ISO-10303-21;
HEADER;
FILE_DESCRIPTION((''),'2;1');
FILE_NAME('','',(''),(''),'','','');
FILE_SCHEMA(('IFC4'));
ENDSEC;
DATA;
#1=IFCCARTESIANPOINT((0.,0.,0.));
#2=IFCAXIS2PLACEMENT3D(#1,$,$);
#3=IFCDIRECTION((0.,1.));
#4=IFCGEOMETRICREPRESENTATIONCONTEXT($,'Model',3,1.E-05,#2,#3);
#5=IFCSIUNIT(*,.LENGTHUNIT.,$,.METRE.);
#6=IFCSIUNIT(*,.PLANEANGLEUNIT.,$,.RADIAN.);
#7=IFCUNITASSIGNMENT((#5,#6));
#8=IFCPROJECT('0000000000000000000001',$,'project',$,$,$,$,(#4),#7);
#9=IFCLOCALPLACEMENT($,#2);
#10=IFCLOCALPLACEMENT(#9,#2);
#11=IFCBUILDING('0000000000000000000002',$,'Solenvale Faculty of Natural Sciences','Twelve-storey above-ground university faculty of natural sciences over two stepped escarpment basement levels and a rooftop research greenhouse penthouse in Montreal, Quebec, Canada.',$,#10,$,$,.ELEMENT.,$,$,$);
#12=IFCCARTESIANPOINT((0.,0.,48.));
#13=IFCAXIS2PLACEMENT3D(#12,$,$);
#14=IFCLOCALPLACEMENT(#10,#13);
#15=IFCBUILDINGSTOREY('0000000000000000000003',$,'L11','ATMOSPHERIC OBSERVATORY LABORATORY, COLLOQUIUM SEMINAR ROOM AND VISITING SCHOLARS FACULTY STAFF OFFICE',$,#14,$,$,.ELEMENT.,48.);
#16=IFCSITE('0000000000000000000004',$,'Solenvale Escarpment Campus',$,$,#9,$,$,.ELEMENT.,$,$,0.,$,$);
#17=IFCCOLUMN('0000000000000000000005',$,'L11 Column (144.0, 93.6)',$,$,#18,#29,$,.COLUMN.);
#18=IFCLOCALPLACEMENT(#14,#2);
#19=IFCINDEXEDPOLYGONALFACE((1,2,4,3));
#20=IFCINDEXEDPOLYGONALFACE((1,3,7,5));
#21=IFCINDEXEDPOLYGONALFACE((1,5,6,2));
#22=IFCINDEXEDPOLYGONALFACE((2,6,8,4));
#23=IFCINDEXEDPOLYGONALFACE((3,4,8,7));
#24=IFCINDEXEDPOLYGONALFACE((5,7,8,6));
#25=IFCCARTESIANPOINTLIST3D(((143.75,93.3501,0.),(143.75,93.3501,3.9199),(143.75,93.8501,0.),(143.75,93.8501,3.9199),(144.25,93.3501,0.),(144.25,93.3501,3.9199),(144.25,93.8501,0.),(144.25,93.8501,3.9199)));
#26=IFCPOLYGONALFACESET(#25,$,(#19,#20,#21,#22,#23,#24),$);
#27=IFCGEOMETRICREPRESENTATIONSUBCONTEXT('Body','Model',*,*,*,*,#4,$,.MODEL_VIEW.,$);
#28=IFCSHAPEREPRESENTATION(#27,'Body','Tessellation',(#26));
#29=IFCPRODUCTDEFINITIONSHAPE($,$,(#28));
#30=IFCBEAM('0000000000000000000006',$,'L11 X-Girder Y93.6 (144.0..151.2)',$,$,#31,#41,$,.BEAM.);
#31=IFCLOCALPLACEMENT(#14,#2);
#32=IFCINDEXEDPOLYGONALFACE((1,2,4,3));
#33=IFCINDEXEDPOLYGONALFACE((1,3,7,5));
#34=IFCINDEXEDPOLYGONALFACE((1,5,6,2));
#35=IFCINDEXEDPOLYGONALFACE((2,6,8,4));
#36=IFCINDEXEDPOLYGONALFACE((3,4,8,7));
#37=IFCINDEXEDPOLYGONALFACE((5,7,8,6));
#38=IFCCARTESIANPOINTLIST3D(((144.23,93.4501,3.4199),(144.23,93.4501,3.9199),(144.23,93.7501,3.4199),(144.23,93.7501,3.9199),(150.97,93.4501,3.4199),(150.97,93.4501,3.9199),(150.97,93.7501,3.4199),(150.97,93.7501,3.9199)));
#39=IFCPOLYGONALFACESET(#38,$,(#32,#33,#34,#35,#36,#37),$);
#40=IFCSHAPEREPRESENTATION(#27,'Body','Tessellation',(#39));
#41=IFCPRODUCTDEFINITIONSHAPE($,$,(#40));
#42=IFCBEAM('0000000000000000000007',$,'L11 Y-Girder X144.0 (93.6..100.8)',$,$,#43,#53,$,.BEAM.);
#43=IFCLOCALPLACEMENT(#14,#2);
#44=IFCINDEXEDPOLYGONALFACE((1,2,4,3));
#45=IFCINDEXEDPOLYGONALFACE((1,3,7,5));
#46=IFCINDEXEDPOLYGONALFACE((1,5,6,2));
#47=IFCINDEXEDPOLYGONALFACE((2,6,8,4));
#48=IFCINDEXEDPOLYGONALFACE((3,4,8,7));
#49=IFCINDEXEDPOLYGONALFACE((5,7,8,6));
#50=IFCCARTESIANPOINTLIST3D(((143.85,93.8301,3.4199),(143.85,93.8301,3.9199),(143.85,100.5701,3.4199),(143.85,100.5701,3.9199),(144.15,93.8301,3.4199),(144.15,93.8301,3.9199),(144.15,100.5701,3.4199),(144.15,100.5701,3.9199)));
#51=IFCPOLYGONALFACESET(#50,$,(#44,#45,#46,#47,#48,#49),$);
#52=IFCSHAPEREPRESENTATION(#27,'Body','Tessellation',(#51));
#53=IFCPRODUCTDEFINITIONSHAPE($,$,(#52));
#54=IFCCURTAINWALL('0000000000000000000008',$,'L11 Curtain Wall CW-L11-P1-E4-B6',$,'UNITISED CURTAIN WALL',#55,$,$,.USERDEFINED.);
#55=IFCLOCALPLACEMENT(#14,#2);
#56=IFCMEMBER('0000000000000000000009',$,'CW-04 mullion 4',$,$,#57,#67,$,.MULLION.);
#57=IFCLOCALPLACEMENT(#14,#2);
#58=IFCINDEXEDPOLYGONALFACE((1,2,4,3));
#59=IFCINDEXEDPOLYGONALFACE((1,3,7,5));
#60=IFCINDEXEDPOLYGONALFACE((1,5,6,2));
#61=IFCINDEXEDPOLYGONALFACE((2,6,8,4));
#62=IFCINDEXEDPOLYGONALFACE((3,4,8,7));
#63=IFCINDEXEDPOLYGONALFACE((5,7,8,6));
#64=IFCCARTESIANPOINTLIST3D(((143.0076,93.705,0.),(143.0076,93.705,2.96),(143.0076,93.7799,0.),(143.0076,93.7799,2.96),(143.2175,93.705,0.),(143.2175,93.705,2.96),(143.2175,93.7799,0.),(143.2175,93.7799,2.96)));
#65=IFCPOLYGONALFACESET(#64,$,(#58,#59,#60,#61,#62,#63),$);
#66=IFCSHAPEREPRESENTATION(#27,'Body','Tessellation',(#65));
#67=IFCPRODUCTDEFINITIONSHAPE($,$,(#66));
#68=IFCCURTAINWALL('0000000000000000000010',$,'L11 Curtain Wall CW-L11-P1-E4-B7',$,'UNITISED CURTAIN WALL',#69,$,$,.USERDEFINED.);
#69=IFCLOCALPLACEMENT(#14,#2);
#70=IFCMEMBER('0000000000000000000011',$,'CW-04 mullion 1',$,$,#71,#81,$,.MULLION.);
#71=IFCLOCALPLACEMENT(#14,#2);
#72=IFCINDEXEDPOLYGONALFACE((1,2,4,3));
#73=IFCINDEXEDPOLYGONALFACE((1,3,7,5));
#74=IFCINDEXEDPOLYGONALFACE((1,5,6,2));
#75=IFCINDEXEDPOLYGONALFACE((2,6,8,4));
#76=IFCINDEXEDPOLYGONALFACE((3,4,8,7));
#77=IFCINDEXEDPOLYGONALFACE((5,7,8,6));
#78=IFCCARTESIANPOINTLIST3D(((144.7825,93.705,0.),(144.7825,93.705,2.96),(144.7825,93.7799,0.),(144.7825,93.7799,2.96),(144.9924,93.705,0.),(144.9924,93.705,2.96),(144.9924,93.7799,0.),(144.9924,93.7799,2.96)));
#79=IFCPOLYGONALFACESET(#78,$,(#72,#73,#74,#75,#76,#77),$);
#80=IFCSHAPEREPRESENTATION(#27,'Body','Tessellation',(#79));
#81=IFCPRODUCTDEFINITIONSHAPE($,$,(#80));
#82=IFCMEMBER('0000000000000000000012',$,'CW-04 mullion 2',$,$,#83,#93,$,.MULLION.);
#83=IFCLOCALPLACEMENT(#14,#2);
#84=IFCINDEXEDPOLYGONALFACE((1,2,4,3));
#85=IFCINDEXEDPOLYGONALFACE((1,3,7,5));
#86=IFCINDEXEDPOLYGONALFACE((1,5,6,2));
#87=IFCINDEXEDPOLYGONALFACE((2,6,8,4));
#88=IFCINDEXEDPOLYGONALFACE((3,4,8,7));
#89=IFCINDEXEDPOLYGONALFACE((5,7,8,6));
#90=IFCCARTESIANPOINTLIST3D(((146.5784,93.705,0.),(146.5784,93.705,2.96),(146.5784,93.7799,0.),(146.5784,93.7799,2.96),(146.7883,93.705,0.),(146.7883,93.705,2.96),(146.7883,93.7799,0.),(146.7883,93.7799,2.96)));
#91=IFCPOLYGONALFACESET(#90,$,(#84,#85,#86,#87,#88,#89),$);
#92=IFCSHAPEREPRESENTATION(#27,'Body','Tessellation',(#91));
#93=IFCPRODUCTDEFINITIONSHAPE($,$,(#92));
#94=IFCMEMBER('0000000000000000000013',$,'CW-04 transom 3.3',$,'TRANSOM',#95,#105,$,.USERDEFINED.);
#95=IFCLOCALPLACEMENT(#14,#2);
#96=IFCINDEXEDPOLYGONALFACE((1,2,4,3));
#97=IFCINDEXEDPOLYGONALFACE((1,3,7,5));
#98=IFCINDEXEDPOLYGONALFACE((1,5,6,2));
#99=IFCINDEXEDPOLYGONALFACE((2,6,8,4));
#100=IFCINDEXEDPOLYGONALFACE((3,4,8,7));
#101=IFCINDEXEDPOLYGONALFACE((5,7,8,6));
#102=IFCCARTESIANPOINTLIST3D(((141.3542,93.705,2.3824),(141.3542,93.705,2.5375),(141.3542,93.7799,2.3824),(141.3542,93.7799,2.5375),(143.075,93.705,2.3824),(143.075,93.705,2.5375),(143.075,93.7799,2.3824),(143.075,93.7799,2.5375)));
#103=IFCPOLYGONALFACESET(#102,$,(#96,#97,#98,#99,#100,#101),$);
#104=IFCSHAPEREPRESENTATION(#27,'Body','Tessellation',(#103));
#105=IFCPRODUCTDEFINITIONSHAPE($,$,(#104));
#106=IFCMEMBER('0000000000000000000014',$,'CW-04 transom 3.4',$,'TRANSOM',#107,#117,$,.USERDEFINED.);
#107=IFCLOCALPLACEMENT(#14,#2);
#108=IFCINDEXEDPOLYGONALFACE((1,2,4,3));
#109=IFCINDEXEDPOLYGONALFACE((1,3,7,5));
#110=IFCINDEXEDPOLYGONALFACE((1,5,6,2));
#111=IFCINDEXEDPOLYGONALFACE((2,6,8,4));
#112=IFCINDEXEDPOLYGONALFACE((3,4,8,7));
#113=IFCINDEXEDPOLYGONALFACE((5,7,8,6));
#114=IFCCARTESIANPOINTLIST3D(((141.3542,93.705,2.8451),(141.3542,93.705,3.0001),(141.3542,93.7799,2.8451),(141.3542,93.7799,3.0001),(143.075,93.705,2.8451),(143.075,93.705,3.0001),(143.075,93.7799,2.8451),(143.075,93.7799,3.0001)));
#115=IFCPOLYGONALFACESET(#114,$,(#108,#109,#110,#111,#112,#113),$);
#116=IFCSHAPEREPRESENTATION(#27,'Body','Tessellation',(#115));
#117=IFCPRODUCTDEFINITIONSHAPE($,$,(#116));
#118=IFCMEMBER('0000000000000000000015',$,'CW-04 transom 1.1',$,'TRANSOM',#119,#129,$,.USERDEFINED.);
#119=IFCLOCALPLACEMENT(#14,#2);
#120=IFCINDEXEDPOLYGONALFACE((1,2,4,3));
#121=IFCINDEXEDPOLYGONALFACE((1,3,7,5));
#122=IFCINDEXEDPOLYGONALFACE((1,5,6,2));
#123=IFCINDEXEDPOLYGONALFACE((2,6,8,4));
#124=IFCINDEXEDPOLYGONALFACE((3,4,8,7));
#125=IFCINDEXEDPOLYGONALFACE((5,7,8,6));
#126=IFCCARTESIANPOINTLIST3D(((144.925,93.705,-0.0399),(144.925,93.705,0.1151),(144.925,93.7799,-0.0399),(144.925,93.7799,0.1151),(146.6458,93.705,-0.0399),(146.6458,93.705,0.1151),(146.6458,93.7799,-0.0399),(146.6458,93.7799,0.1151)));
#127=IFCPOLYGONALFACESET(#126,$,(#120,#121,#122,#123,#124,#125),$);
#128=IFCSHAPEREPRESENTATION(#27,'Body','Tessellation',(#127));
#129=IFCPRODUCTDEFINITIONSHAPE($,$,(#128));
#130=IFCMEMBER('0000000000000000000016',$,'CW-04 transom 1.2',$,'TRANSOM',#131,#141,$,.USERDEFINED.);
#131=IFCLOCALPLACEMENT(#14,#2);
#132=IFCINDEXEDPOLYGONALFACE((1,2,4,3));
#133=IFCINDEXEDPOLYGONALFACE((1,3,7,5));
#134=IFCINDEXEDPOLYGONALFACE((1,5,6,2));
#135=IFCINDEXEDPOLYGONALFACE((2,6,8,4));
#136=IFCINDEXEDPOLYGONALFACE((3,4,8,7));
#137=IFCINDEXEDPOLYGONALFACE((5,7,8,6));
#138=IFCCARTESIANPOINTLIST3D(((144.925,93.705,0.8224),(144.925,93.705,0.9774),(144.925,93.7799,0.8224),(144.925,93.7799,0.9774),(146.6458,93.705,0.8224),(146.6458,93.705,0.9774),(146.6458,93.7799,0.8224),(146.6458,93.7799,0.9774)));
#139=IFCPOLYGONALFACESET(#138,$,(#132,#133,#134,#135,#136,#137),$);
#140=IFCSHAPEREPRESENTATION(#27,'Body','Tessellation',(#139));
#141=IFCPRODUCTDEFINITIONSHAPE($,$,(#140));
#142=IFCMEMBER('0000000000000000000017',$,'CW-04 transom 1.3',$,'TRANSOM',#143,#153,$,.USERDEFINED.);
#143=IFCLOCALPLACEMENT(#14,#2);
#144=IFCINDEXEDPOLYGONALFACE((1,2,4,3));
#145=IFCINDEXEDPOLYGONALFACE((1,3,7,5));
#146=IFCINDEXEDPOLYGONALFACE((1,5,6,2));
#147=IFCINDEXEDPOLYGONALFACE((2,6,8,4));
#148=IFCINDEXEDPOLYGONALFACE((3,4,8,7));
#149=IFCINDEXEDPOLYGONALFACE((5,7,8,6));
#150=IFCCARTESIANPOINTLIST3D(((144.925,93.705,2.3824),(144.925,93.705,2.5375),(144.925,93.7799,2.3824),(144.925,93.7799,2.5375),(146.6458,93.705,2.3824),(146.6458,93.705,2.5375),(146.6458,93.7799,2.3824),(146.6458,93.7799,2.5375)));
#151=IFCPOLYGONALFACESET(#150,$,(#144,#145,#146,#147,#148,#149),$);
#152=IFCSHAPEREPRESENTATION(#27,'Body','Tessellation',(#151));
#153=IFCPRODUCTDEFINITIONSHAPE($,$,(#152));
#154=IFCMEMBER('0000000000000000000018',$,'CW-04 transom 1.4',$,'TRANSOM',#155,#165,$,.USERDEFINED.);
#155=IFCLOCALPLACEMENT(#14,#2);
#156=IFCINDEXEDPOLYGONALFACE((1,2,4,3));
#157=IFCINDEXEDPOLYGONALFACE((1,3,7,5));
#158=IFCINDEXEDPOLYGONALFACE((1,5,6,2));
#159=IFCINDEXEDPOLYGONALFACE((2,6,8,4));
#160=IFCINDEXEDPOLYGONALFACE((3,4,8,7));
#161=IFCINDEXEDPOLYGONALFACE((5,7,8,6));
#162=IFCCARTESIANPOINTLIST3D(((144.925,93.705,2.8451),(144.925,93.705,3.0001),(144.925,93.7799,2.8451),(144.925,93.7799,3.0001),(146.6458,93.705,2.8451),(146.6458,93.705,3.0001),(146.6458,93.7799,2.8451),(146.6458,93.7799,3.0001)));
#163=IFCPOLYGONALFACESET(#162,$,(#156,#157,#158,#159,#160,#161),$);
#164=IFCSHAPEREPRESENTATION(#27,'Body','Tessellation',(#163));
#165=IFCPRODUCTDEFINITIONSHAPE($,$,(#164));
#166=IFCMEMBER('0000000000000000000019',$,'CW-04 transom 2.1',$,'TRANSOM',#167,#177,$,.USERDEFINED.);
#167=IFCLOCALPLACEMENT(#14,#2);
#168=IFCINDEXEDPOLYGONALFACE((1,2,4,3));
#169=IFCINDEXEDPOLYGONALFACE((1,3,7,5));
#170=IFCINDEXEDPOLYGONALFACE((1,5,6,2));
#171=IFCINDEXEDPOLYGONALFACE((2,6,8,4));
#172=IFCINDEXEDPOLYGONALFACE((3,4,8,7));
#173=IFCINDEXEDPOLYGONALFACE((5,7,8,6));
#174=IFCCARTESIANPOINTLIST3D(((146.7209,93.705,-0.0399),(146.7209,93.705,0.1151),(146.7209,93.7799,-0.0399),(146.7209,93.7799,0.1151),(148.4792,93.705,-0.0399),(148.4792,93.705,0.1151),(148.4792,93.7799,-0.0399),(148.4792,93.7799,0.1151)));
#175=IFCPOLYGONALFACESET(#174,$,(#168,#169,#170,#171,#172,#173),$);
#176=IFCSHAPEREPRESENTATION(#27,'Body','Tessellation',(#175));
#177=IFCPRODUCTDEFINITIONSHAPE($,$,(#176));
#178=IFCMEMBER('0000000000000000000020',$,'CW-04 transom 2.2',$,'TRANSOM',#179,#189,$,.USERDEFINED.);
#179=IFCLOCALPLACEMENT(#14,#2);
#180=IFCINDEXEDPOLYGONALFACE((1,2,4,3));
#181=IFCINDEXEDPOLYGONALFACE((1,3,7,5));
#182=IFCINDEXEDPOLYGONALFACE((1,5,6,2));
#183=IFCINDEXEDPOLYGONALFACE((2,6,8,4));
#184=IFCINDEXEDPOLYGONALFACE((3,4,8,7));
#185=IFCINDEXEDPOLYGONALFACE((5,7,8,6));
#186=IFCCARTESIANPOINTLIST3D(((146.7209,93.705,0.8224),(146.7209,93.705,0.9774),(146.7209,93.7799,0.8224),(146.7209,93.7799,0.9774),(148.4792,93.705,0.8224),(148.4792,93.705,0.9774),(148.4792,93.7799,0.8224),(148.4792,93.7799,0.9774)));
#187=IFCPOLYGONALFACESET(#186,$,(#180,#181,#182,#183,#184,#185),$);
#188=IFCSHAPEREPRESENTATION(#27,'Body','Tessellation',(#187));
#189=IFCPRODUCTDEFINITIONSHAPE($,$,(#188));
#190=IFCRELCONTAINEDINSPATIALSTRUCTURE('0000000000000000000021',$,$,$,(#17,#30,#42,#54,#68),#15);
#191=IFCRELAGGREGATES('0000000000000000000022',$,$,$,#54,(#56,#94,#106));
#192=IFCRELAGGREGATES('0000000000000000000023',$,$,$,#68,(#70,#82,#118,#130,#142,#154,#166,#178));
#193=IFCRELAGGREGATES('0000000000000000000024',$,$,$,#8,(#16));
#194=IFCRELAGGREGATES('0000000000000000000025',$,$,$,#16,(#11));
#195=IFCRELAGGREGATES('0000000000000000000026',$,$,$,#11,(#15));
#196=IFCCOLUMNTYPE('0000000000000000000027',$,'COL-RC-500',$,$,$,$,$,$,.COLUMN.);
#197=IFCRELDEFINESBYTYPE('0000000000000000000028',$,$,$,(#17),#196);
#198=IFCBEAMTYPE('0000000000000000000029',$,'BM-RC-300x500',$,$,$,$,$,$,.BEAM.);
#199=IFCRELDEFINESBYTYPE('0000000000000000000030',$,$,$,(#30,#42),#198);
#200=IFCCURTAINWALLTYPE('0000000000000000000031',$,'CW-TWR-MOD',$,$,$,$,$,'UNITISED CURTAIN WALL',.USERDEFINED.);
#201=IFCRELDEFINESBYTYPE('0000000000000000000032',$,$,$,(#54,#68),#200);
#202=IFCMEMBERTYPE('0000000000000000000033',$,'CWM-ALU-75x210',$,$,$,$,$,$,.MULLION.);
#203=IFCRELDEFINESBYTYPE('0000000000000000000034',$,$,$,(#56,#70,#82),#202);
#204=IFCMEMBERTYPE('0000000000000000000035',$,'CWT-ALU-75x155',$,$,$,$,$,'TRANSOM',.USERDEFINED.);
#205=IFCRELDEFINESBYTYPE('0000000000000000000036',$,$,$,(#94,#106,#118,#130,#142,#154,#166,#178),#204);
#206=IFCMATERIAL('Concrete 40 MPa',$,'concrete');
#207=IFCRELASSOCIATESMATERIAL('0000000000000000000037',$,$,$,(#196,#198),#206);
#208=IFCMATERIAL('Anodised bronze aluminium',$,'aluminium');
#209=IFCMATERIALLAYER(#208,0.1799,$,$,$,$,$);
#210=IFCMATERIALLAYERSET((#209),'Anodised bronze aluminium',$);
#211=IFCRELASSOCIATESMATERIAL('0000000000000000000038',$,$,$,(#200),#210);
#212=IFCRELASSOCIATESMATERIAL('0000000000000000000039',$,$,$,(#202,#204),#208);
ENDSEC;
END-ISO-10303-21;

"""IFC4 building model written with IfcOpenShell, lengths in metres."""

from ifc_helpers import new_model, si_unit, direction, frame, origin, origin_2d, place, context, subcontext, project, spatial, rectangle, extrude, material, layer, layer_set, material_profile, profile_set, type_object, element, aggregate, save


model = new_model("IFC4")

# Units and contexts
model_context = context("Model", 3, precision=1e-05, world=origin(), true_north=direction((0.0, 1.0)))
body_context = subcontext(model_context, "Body", "Model", "MODEL_VIEW")
ifc_project = project(units=[si_unit("LENGTHUNIT", "METRE"), si_unit("PLANEANGLEUNIT", "RADIAN")], contexts=[model_context])

# Site, building, storey
site_placement = place(None, origin())
site = spatial("IfcSite", under=ifc_project, at=site_placement, Name="Solenvale Escarpment Campus", CompositionType="ELEMENT", RefElevation=0.0)
building_placement = place(site_placement, origin())
building = spatial("IfcBuilding", under=site, at=building_placement, Name="Solenvale Faculty of Natural Sciences", Description="Twelve-storey above-ground university faculty of natural sciences over two stepped escarpment basement levels and a rooftop research greenhouse penthouse in Montreal, Quebec, Canada.", CompositionType="ELEMENT")
storey_placement = place(building_placement, frame((0.0, 0.0, 48.0)))
storey = spatial("IfcBuildingStorey", under=building, at=storey_placement, Name="L11", Description="ATMOSPHERIC OBSERVATORY LABORATORY, COLLOQUIUM SEMINAR ROOM AND VISITING SCHOLARS FACULTY STAFF OFFICE", CompositionType="ELEMENT", Elevation=48.0)

# Column
ifc_material_1 = material(Name="Concrete 40 MPa", Category="concrete")
ifc_material_profile_1 = material_profile(ifc_material_1, rectangle(XDim=0.5, YDim=0.5, at=origin_2d()), Name="RC-COL-500x500")
ifc_profile_set_1 = profile_set([ifc_material_profile_1], Name="Concrete 40 MPa")
column_type = type_object("IfcColumnType", Name="COL-RC-500", PredefinedType="COLUMN", material=ifc_profile_set_1)
column_placement = place(storey_placement, frame((144.0, 93.6001, 0.0), z_axis=(0.0, 0.0, 1.0), x_axis=(1.0, 0.0, 0.0)))
element("IfcColumn", 1, at=column_placement, inside=storey, type_object=column_type, Name="L11 Column (144.0, 93.6)", PredefinedType="COLUMN", context=body_context, shape_type="SweptSolid", body=[
    extrude(rectangle(XDim=0.5, YDim=0.5, at=origin_2d()), origin(), (0.0, 0.0, 1.0), 3.9199),
])

# Beams
ifc_material_profile_2 = material_profile(ifc_material_1, rectangle(XDim=0.3, YDim=0.5, at=origin_2d()), Name="RC-BM-300x500")
ifc_profile_set_2 = profile_set([ifc_material_profile_2], Name="Concrete 40 MPa")
beam_type = type_object("IfcBeamType", Name="BM-RC-300x500", PredefinedType="BEAM", material=ifc_profile_set_2)
for number, where, z_axis, x_axis, name in (
    (2, (144.23, 93.6001, 3.6699), (1.0, 0.0, 0.0), (0.0, 1.0, 0.0), "L11 X-Girder Y93.6 (144.0..151.2)"),
    (3, (144.0, 93.8301, 3.6699), (0.0, 1.0, 0.0), (-1.0, 0.0, 0.0), "L11 Y-Girder X144.0 (93.6..100.8)"),
):
    element("IfcBeam", number, at=place(storey_placement, frame(where, z_axis=z_axis, x_axis=x_axis)), inside=storey, type_object=beam_type, Name=name, PredefinedType="BEAM", context=body_context, shape_type="SweptSolid", body=[
        extrude(rectangle(XDim=0.3, YDim=0.5, at=origin_2d()), origin(), (0.0, 0.0, 1.0), 6.74),
    ])

# Curtain wall, member
ifc_material_2 = material(Name="Anodised bronze aluminium", Category="aluminium")
ifc_layer_1 = layer(ifc_material_2, 0.1799)
ifc_layer_set_1 = layer_set([ifc_layer_1], Name="Anodised bronze aluminium")
curtain_wall_type = type_object("IfcCurtainWallType", Name="CW-TWR-MOD", ElementType="UNITISED CURTAIN WALL", PredefinedType="USERDEFINED", material=ifc_layer_set_1)
curtain_wall_1_placement = place(storey_placement, origin())
curtain_wall_1 = element("IfcCurtainWall", 4, at=curtain_wall_1_placement, inside=storey, type_object=curtain_wall_type, Name="L11 Curtain Wall CW-L11-P1-E4-B6", ObjectType="UNITISED CURTAIN WALL", PredefinedType="USERDEFINED")
ifc_material_profile_3 = material_profile(ifc_material_2, rectangle(XDim=0.075, YDim=0.21, at=origin_2d()), Name="ALU-MUL-75x210")
ifc_profile_set_3 = profile_set([ifc_material_profile_3], Name="Anodised bronze aluminium")
member_type_1 = type_object("IfcMemberType", Name="CWM-ALU-75x210", PredefinedType="MULLION", material=ifc_profile_set_3)
member_1_placement = place(storey_placement, frame((143.1125, 93.7424, 0.0), z_axis=(0.0, 0.0, 1.0), x_axis=(0.0, 1.0, 0.0)))
member_1 = element("IfcMember", 5, at=member_1_placement, type_object=member_type_1, Name="CW-04 mullion 4", PredefinedType="MULLION", context=body_context, shape_type="SweptSolid", body=[
    extrude(rectangle(XDim=0.075, YDim=0.21, at=origin_2d()), origin(), (0.0, 0.0, 1.0), 2.96),
])

# Curtain wall, members
curtain_wall_2_placement = place(storey_placement, origin())
curtain_wall_2 = element("IfcCurtainWall", 6, at=curtain_wall_2_placement, inside=storey, type_object=curtain_wall_type, Name="L11 Curtain Wall CW-L11-P1-E4-B7", ObjectType="UNITISED CURTAIN WALL", PredefinedType="USERDEFINED")
member_2_placement = place(storey_placement, frame((144.8875, 93.7424, 0.0), z_axis=(0.0, 0.0, 1.0), x_axis=(0.0, 1.0, 0.0)))
member_2 = element("IfcMember", 7, at=member_2_placement, type_object=member_type_1, Name="CW-04 mullion 1", PredefinedType="MULLION", context=body_context, shape_type="SweptSolid", body=[
    extrude(rectangle(XDim=0.075, YDim=0.21, at=origin_2d()), origin(), (0.0, 0.0, 1.0), 2.96),
])
member_3_placement = place(storey_placement, frame((146.6833, 93.7424, 0.0), z_axis=(0.0, 0.0, 1.0), x_axis=(0.0, 1.0, 0.0)))
member_3 = element("IfcMember", 8, at=member_3_placement, type_object=member_type_1, Name="CW-04 mullion 2", PredefinedType="MULLION", context=body_context, shape_type="SweptSolid", body=[
    extrude(rectangle(XDim=0.075, YDim=0.21, at=origin_2d()), origin(), (0.0, 0.0, 1.0), 2.96),
])

# Members
ifc_material_profile_4 = material_profile(ifc_material_2, rectangle(XDim=0.075, YDim=0.155, at=origin_2d()), Name="ALU-TRN-75x155")
ifc_profile_set_4 = profile_set([ifc_material_profile_4], Name="Anodised bronze aluminium")
member_type_2 = type_object("IfcMemberType", Name="CWT-ALU-75x155", ElementType="TRANSOM", PredefinedType="USERDEFINED", material=ifc_profile_set_4)
member_4_placement = place(storey_placement, frame((141.3542, 93.7424, 2.46), z_axis=(1.0, 0.0, 0.0), x_axis=(0.0, 1.0, 0.0)))
member_4 = element("IfcMember", 9, at=member_4_placement, type_object=member_type_2, Name="CW-04 transom 3.3", ObjectType="TRANSOM", PredefinedType="USERDEFINED", context=body_context, shape_type="SweptSolid", body=[
    extrude(rectangle(XDim=0.075, YDim=0.155, at=origin_2d()), origin(), (0.0, 0.0, 1.0), 1.7207),
])
member_5_placement = place(storey_placement, frame((141.3542, 93.7424, 2.9226), z_axis=(1.0, 0.0, 0.0), x_axis=(0.0, 1.0, 0.0)))
member_5 = element("IfcMember", 10, at=member_5_placement, type_object=member_type_2, Name="CW-04 transom 3.4", ObjectType="TRANSOM", PredefinedType="USERDEFINED", context=body_context, shape_type="SweptSolid", body=[
    extrude(rectangle(XDim=0.075, YDim=0.155, at=origin_2d()), origin(), (0.0, 0.0, 1.0), 1.7207),
])
member_6_placement = place(storey_placement, frame((144.925, 93.7424, 0.0376), z_axis=(1.0, 0.0, 0.0), x_axis=(0.0, 1.0, 0.0)))
member_6 = element("IfcMember", 11, at=member_6_placement, type_object=member_type_2, Name="CW-04 transom 1.1", ObjectType="TRANSOM", PredefinedType="USERDEFINED", context=body_context, shape_type="SweptSolid", body=[
    extrude(rectangle(XDim=0.075, YDim=0.155, at=origin_2d()), origin(), (0.0, 0.0, 1.0), 1.7207),
])
member_7_placement = place(storey_placement, frame((144.925, 93.7424, 0.8999), z_axis=(1.0, 0.0, 0.0), x_axis=(0.0, 1.0, 0.0)))
member_7 = element("IfcMember", 12, at=member_7_placement, type_object=member_type_2, Name="CW-04 transom 1.2", ObjectType="TRANSOM", PredefinedType="USERDEFINED", context=body_context, shape_type="SweptSolid", body=[
    extrude(rectangle(XDim=0.075, YDim=0.155, at=origin_2d()), origin(), (0.0, 0.0, 1.0), 1.7207),
])
member_8_placement = place(storey_placement, frame((144.925, 93.7424, 2.46), z_axis=(1.0, 0.0, 0.0), x_axis=(0.0, 1.0, 0.0)))
member_8 = element("IfcMember", 13, at=member_8_placement, type_object=member_type_2, Name="CW-04 transom 1.3", ObjectType="TRANSOM", PredefinedType="USERDEFINED", context=body_context, shape_type="SweptSolid", body=[
    extrude(rectangle(XDim=0.075, YDim=0.155, at=origin_2d()), origin(), (0.0, 0.0, 1.0), 1.7207),
])
member_9_placement = place(storey_placement, frame((144.925, 93.7424, 2.9226), z_axis=(1.0, 0.0, 0.0), x_axis=(0.0, 1.0, 0.0)))
member_9 = element("IfcMember", 14, at=member_9_placement, type_object=member_type_2, Name="CW-04 transom 1.4", ObjectType="TRANSOM", PredefinedType="USERDEFINED", context=body_context, shape_type="SweptSolid", body=[
    extrude(rectangle(XDim=0.075, YDim=0.155, at=origin_2d()), origin(), (0.0, 0.0, 1.0), 1.7207),
])
member_10_placement = place(storey_placement, frame((146.7209, 93.7424, 0.0376), z_axis=(1.0, 0.0, 0.0), x_axis=(0.0, 1.0, 0.0)))
member_10 = element("IfcMember", 15, at=member_10_placement, type_object=member_type_2, Name="CW-04 transom 2.1", ObjectType="TRANSOM", PredefinedType="USERDEFINED", context=body_context, shape_type="SweptSolid", body=[
    extrude(rectangle(XDim=0.075, YDim=0.155, at=origin_2d()), origin(), (0.0, 0.0, 1.0), 1.7583),
])
member_11_placement = place(storey_placement, frame((146.7209, 93.7424, 0.8999), z_axis=(1.0, 0.0, 0.0), x_axis=(0.0, 1.0, 0.0)))
member_11 = element("IfcMember", 16, at=member_11_placement, type_object=member_type_2, Name="CW-04 transom 2.2", ObjectType="TRANSOM", PredefinedType="USERDEFINED", context=body_context, shape_type="SweptSolid", body=[
    extrude(rectangle(XDim=0.075, YDim=0.155, at=origin_2d()), origin(), (0.0, 0.0, 1.0), 1.7583),
])

aggregate(curtain_wall_1, [member_1, member_4, member_5])
aggregate(curtain_wall_2, [member_2, member_3, member_6, member_7, member_8, member_9, member_10, member_11])

save(model, "model.ifc")
